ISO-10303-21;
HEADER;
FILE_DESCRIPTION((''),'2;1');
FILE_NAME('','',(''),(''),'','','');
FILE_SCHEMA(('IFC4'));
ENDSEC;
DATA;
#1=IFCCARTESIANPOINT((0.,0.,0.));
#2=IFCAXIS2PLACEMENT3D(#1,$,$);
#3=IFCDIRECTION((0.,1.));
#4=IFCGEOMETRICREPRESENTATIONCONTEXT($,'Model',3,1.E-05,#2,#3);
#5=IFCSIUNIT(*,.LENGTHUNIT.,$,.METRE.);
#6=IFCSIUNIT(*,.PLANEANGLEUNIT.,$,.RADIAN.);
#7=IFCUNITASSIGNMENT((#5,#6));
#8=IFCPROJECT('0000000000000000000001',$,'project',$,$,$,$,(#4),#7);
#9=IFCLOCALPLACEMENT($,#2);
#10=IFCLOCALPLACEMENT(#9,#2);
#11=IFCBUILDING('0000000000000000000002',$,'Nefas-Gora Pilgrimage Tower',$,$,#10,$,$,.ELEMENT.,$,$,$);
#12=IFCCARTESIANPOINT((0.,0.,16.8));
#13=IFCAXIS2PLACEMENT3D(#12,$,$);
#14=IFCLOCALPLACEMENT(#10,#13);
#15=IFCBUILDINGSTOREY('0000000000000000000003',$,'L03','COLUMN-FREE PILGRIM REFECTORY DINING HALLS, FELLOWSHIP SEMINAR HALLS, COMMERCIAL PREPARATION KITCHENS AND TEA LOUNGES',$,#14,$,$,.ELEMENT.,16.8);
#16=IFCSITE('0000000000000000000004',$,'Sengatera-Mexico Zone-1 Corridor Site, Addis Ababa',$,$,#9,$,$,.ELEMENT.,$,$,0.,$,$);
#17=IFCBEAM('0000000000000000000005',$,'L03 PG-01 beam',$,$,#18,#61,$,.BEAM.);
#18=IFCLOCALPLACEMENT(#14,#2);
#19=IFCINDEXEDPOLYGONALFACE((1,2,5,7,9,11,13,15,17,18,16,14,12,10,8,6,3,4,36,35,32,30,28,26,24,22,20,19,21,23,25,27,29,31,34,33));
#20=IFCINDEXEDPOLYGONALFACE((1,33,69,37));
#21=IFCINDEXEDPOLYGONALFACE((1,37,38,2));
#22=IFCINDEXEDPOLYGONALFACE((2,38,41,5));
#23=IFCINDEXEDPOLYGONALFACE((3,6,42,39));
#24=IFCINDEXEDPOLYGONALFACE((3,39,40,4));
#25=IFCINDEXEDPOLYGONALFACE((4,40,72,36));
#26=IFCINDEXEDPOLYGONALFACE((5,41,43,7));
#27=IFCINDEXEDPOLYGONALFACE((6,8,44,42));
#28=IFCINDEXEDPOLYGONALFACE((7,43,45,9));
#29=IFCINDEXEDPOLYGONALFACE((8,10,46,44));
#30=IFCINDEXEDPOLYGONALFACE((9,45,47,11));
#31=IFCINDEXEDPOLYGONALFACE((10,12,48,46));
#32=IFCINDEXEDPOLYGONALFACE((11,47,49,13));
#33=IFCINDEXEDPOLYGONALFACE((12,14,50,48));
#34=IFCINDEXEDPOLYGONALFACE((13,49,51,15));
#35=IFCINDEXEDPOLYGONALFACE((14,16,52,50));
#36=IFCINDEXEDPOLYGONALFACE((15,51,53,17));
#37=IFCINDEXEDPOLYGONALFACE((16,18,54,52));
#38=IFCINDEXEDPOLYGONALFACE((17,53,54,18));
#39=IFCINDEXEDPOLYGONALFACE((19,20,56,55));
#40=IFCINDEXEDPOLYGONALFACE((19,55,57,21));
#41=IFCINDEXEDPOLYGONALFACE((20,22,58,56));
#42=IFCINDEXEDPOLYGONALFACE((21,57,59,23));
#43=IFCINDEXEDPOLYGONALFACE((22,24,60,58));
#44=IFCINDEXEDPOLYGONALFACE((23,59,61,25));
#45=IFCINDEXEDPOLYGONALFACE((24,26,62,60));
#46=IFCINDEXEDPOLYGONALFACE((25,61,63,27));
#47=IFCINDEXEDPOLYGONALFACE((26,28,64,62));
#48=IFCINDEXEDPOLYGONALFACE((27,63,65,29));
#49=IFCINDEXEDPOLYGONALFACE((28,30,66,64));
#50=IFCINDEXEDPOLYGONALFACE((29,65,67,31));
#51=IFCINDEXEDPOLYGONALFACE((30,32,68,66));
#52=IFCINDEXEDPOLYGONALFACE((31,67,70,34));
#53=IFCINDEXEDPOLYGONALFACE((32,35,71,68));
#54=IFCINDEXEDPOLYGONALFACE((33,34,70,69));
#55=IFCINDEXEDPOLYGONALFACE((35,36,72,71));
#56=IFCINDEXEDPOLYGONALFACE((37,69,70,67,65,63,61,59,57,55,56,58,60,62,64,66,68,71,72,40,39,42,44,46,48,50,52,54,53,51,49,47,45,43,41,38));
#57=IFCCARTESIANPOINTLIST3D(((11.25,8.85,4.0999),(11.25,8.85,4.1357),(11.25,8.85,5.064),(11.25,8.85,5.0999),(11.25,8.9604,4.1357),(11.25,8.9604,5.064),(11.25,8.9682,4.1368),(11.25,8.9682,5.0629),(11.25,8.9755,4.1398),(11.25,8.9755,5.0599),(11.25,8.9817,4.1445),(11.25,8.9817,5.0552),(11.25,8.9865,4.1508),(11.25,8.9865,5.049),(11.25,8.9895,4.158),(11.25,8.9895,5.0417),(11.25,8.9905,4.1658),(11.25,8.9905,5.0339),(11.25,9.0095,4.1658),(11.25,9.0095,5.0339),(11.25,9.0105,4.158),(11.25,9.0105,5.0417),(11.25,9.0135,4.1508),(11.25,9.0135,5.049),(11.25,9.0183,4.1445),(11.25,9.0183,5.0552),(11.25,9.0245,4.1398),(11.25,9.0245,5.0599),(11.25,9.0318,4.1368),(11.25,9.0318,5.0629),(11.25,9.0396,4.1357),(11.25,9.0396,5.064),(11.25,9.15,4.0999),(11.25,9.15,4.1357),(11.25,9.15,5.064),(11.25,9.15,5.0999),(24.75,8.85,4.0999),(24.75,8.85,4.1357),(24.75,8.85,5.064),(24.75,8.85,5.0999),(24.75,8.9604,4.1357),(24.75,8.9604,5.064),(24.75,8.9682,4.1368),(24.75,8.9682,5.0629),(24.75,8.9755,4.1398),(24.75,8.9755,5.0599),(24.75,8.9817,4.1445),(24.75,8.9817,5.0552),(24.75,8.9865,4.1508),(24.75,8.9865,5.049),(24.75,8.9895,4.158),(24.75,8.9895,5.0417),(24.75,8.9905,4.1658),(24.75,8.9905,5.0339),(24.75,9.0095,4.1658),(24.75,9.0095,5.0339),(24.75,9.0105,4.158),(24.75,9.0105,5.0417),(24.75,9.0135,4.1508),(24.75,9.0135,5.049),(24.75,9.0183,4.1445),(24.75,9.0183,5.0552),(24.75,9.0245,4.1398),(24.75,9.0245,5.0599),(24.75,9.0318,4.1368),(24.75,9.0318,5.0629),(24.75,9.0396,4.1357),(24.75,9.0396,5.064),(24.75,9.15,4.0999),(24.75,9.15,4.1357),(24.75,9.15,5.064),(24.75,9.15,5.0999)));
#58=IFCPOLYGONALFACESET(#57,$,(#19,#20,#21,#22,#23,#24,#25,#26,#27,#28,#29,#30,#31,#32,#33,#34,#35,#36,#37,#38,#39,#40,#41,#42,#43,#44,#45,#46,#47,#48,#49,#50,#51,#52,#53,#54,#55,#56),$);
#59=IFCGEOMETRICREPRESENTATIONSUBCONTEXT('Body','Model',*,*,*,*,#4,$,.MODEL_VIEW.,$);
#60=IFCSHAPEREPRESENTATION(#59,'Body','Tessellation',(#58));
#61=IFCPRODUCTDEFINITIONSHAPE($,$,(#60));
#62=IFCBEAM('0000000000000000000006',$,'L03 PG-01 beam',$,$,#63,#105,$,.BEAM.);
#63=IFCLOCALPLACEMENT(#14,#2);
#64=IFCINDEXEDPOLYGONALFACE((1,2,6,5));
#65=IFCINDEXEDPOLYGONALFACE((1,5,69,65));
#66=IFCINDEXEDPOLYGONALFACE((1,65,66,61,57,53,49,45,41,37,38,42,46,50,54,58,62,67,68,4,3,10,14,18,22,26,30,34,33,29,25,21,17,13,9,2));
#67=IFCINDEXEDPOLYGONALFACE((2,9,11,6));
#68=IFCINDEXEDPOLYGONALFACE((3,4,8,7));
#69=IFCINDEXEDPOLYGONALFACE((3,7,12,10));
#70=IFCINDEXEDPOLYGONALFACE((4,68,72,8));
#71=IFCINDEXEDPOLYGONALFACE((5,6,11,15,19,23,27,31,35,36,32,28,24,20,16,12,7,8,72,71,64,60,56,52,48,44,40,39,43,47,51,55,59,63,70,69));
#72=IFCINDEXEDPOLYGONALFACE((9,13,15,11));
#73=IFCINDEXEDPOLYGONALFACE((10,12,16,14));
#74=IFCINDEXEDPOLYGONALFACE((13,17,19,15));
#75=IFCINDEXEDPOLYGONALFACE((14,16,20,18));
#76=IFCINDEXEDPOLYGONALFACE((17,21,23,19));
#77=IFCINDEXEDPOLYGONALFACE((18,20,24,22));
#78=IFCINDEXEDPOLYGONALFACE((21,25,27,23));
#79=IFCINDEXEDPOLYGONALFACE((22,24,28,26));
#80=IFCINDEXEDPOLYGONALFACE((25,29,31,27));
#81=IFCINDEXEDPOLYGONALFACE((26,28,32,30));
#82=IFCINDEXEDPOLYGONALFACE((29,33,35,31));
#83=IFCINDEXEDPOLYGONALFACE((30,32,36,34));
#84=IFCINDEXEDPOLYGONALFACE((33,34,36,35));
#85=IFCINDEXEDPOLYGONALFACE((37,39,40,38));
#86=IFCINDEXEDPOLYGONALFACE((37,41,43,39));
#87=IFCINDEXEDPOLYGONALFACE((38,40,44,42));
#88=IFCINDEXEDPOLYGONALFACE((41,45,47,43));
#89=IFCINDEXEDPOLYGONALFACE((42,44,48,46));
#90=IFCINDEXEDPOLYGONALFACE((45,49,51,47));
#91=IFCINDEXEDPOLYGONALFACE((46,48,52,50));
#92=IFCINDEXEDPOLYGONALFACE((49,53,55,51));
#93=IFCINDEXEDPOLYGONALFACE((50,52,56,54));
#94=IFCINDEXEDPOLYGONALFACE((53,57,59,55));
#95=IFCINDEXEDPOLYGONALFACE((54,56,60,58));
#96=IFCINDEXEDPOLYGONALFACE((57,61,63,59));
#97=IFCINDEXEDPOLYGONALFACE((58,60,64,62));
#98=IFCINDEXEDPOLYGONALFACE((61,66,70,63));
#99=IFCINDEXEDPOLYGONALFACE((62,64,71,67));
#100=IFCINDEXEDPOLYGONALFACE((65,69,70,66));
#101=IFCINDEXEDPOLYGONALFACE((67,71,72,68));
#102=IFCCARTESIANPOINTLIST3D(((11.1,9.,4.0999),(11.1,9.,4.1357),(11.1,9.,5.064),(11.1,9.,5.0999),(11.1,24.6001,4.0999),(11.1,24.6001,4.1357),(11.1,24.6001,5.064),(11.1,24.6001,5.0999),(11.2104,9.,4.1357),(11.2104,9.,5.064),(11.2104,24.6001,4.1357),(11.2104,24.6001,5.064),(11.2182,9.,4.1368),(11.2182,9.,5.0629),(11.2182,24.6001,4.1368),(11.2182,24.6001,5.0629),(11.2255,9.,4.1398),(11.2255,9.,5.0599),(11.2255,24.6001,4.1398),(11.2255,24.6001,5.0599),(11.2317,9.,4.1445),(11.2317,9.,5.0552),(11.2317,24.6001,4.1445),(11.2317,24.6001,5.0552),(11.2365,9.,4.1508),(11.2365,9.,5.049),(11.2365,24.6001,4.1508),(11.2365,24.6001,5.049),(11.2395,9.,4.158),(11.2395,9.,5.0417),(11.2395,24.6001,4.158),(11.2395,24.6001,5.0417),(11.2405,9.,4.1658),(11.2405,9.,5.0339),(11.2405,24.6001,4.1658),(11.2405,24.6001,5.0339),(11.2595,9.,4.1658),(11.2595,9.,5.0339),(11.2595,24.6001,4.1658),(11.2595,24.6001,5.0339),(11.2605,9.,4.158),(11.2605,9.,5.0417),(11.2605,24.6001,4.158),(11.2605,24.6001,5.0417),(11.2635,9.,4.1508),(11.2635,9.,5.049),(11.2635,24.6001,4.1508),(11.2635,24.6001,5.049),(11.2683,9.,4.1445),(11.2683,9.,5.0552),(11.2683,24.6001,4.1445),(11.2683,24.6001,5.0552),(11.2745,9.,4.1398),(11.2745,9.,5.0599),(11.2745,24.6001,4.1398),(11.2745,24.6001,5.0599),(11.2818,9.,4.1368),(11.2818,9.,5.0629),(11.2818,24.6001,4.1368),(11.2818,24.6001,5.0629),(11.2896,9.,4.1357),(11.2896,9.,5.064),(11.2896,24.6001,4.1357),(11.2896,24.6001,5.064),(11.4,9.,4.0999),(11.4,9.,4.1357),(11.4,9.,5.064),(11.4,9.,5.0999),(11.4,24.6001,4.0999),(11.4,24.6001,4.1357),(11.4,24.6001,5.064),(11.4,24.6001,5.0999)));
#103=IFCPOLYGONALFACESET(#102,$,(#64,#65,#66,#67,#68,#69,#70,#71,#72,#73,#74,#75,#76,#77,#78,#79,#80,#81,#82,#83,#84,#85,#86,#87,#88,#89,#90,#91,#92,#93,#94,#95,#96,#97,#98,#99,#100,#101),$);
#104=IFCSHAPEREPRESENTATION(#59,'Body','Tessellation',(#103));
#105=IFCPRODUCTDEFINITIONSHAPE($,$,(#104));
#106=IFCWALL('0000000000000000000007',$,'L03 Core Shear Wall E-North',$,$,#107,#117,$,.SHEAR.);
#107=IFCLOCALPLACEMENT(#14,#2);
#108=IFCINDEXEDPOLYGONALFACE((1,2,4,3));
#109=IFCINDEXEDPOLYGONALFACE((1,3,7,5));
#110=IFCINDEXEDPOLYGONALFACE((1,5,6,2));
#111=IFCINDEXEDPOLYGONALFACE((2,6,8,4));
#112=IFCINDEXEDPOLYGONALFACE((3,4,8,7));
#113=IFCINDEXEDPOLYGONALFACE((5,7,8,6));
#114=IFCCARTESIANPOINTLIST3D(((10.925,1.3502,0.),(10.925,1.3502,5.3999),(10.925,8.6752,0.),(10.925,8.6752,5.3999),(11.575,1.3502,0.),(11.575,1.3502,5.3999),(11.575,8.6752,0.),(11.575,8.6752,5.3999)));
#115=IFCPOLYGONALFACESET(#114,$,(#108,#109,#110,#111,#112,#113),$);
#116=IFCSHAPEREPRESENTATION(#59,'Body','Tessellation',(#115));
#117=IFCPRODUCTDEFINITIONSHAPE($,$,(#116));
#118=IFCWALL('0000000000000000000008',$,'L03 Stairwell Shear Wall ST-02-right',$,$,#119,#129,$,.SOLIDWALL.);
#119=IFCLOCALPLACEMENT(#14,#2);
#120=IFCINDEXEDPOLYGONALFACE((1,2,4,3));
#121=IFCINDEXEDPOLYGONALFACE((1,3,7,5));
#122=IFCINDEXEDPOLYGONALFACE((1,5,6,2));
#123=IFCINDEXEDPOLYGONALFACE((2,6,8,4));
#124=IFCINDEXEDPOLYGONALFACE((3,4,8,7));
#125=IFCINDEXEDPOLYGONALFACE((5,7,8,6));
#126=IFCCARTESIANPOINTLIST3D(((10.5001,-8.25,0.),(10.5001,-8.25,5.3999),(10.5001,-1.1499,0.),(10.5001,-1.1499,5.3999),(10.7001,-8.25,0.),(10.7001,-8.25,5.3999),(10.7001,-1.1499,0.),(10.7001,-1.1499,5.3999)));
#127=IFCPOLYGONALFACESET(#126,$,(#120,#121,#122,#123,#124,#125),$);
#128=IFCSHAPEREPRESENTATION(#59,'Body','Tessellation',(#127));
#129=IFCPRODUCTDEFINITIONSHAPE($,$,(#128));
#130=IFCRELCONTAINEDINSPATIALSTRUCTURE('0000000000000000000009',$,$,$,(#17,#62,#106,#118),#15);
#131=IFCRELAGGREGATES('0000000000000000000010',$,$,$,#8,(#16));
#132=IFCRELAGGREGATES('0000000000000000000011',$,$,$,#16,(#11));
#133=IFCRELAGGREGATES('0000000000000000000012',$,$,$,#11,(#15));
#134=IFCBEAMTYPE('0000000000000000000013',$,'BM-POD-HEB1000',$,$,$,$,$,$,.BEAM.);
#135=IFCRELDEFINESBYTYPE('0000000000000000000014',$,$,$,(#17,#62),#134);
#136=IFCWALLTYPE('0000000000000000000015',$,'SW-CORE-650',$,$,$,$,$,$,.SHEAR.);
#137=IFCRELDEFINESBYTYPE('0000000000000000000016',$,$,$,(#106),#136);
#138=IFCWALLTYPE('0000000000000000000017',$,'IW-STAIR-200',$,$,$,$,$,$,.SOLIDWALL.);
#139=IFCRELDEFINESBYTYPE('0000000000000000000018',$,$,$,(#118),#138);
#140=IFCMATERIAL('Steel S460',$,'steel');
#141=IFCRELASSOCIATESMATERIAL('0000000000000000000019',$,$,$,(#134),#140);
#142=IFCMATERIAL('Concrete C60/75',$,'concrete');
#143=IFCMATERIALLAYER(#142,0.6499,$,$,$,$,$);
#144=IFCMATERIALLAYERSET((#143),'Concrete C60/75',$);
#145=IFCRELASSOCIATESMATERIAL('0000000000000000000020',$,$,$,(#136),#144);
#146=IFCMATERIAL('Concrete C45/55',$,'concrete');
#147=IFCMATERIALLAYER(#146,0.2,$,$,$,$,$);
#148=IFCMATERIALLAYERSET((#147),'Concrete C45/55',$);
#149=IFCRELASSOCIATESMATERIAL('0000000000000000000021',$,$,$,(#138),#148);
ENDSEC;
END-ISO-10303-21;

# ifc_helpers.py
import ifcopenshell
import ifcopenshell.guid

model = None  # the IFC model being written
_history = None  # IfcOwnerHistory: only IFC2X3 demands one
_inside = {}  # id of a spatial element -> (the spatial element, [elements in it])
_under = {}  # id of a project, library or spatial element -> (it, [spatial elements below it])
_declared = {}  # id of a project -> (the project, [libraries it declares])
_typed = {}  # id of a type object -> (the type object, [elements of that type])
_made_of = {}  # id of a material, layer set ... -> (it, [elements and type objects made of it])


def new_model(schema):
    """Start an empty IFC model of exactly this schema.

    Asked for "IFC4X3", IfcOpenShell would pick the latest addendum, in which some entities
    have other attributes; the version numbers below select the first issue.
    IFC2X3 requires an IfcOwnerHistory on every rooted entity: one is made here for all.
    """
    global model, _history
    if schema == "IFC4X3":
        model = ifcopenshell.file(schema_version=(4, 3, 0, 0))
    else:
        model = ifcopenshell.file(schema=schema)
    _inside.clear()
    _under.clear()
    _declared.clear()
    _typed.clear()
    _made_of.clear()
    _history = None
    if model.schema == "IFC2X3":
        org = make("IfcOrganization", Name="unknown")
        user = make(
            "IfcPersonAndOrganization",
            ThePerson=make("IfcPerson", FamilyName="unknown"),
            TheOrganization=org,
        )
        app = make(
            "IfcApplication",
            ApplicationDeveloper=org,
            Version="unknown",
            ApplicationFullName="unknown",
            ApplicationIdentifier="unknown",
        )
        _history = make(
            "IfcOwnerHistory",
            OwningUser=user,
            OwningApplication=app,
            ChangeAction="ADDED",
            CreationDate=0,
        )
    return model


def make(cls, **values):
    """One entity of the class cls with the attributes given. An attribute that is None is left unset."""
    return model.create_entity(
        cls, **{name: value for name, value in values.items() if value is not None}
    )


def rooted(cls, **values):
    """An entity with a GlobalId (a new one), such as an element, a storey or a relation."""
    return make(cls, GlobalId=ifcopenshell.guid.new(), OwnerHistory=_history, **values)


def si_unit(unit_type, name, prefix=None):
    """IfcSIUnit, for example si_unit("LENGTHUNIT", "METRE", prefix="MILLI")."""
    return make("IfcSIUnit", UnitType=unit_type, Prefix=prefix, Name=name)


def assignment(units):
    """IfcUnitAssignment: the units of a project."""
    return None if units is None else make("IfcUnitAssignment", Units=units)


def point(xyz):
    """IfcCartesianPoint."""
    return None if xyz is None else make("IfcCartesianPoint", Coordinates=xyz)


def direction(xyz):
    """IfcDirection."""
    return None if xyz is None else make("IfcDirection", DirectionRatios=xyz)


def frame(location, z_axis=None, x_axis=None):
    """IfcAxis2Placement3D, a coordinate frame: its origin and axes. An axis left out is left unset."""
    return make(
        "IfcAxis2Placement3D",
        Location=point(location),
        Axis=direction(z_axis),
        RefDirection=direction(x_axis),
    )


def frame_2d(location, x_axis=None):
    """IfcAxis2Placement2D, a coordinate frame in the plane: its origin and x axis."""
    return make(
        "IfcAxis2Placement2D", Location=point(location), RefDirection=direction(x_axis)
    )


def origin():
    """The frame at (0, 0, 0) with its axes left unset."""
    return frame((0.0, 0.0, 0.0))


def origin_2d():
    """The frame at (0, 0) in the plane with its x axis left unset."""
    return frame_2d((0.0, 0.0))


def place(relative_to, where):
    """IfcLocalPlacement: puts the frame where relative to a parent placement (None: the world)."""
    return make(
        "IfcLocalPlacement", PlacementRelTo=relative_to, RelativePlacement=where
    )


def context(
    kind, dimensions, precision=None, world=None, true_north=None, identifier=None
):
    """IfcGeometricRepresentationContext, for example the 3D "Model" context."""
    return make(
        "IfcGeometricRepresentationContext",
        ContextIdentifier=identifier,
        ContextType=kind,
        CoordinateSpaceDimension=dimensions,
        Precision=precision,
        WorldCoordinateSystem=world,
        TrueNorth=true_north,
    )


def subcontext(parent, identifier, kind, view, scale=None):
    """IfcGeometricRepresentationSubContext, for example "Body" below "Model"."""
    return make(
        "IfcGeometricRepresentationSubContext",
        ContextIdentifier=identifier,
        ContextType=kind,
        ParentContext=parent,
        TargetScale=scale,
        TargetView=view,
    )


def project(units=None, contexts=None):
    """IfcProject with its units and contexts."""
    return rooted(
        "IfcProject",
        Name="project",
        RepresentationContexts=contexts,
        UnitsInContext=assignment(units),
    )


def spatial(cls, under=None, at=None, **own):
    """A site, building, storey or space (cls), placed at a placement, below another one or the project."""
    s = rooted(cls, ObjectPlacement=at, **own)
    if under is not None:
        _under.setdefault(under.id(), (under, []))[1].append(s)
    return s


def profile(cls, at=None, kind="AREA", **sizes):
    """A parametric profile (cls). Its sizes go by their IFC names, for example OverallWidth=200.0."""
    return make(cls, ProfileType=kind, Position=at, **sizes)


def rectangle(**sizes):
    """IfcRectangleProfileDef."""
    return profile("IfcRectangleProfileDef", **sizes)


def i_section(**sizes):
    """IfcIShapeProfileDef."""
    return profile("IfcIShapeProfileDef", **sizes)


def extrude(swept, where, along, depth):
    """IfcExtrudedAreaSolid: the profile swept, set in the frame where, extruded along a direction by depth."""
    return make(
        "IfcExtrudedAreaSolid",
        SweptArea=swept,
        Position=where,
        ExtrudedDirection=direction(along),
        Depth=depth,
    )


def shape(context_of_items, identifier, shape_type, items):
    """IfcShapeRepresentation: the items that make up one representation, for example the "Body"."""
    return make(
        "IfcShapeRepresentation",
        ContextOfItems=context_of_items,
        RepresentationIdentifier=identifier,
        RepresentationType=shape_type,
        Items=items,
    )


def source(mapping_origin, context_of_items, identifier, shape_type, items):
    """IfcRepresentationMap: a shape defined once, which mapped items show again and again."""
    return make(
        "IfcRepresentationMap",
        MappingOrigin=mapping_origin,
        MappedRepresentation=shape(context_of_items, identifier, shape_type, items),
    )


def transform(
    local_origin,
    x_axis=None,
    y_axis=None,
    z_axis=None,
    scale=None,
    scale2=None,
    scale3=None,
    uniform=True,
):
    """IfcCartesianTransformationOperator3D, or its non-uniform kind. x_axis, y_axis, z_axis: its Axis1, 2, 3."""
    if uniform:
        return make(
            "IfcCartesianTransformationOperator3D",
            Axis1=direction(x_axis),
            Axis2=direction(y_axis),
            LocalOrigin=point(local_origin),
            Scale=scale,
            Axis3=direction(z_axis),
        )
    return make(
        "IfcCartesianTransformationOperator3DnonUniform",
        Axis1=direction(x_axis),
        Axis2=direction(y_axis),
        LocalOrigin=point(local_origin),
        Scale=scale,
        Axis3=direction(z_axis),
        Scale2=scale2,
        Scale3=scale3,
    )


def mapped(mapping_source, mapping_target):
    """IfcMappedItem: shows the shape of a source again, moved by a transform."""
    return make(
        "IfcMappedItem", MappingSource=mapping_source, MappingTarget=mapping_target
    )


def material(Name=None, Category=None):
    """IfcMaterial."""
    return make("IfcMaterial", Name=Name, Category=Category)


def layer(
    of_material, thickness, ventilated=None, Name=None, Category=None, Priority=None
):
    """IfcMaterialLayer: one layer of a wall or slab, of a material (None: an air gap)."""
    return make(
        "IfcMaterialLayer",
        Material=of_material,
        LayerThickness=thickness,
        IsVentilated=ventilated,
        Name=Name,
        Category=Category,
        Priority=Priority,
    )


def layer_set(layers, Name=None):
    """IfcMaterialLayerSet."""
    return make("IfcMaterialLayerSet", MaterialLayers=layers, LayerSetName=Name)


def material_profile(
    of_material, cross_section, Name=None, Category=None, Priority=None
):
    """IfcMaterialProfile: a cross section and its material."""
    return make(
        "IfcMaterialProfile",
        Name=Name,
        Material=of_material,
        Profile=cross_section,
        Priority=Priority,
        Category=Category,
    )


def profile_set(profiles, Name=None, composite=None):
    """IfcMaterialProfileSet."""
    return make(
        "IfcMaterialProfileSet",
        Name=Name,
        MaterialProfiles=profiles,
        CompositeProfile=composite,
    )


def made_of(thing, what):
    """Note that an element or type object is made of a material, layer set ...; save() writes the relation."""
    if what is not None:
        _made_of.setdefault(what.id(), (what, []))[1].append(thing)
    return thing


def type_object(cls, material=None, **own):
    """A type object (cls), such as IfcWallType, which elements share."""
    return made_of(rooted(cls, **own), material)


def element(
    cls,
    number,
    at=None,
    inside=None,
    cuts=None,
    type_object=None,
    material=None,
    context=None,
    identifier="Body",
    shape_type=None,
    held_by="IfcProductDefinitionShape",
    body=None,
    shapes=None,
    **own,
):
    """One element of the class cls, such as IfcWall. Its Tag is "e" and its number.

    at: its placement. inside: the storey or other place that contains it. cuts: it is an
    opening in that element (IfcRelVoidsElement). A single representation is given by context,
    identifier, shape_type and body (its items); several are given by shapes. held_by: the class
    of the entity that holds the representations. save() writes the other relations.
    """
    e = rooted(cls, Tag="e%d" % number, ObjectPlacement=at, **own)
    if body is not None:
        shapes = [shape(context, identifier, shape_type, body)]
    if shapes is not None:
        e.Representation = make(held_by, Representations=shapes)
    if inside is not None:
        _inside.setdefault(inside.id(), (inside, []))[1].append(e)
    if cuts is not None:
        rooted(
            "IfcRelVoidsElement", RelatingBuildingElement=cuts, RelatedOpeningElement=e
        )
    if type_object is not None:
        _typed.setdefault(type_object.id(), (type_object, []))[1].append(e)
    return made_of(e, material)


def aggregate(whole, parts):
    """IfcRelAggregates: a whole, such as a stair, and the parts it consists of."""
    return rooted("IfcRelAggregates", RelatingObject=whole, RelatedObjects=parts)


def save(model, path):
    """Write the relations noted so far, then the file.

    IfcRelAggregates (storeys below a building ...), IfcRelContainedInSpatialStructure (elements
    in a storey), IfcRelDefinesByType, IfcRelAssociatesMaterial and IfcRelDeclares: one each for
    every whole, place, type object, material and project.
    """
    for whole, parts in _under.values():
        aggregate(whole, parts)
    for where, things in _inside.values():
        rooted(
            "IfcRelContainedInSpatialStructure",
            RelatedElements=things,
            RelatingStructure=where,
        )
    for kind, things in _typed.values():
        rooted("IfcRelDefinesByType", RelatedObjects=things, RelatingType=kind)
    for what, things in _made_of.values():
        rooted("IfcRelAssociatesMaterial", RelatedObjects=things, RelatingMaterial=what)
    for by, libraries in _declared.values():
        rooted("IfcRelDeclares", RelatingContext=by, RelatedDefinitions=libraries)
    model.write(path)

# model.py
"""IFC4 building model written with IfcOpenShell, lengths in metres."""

from ifc_helpers import new_model, si_unit, direction, frame, frame_2d, origin, origin_2d, place, context, subcontext, project, spatial, rectangle, i_section, extrude, source, transform, mapped, material, layer, layer_set, material_profile, profile_set, type_object, element, save


model = new_model("IFC4")

# Units and contexts
model_context = context("Model", 3, precision=1e-05, world=origin(), true_north=direction((0.0, 1.0)))
body_context = subcontext(model_context, "Body", "Model", "MODEL_VIEW")
ifc_project = project(units=[si_unit("LENGTHUNIT", "METRE"), si_unit("PLANEANGLEUNIT", "RADIAN")], contexts=[model_context])

# Site, building, storey
site_placement = place(None, origin())
site = spatial("IfcSite", under=ifc_project, at=site_placement, Name="Sengatera-Mexico Zone-1 Corridor Site, Addis Ababa", CompositionType="ELEMENT", RefElevation=0.0)
building_placement = place(site_placement, origin())
building = spatial("IfcBuilding", under=site, at=building_placement, Name="Nefas-Gora Pilgrimage Tower", CompositionType="ELEMENT")
storey_placement = place(building_placement, frame((0.0, 0.0, 16.8)))
storey = spatial("IfcBuildingStorey", under=building, at=storey_placement, Name="L03", Description="COLUMN-FREE PILGRIM REFECTORY DINING HALLS, FELLOWSHIP SEMINAR HALLS, COMMERCIAL PREPARATION KITCHENS AND TEA LOUNGES", CompositionType="ELEMENT", Elevation=16.8)

# Shared definitions
ifc_material_1 = material(Name="Steel S460", Category="steel")

# Beams
ifc_material_profile_1 = material_profile(ifc_material_1, i_section(OverallWidth=0.3, OverallDepth=1.0, WebThickness=0.019, FlangeThickness=0.0359, FilletRadius=0.03, at=origin_2d()), Name="HEB 1000")
ifc_profile_set_1 = profile_set([ifc_material_profile_1], Name="Steel S460")
beam_type_1 = type_object("IfcBeamType", Name="BM-POD-HEB1000", PredefinedType="BEAM", material=ifc_profile_set_1)
shared_shape_1 = source(origin(), body_context, "Body", "SweptSolid", [
    extrude(i_section(OverallWidth=0.3, OverallDepth=1.0, WebThickness=0.019, FlangeThickness=0.0359, FilletRadius=0.03, at=origin_2d()), origin(), (0.0, 0.0, 1.0), 13.5),
])
beam_1_placement = place(storey_placement, frame((11.25, 9.0, 4.5999), z_axis=(1.0, 0.0, 0.0), x_axis=(0.0, 1.0, 0.0)))
element("IfcBeam", 1, at=beam_1_placement, inside=storey, type_object=beam_type_1, Name="L03 PG-01 beam", PredefinedType="BEAM", context=body_context, shape_type="MappedRepresentation", body=[
    mapped(shared_shape_1, transform((0.0, 0.0, 0.0), x_axis=(1.0, 0.0, 0.0), y_axis=(0.0, 1.0, 0.0), z_axis=(0.0, 0.0, 1.0), scale=1.0)),
])
shared_shape_2 = source(origin(), body_context, "Body", "SweptSolid", [
    extrude(i_section(OverallWidth=0.3, OverallDepth=1.0, WebThickness=0.019, FlangeThickness=0.0359, FilletRadius=0.03, at=origin_2d()), origin(), (0.0, 0.0, 1.0), 15.6001),
])
beam_2_placement = place(storey_placement, frame((11.25, 9.0, 4.5999), z_axis=(0.0, 1.0, 0.0), x_axis=(-1.0, 0.0, 0.0)))
element("IfcBeam", 2, at=beam_2_placement, inside=storey, type_object=beam_type_1, Name="L03 PG-01 beam", PredefinedType="BEAM", context=body_context, shape_type="MappedRepresentation", body=[
    mapped(shared_shape_2, transform((0.0, 0.0, 0.0), x_axis=(1.0, 0.0, 0.0), y_axis=(0.0, 1.0, 0.0), z_axis=(0.0, 0.0, 1.0), scale=1.0)),
])

# Walls
ifc_material_2 = material(Name="Concrete C60/75", Category="concrete")
ifc_layer_1 = layer(ifc_material_2, 0.6499)
ifc_layer_set_1 = layer_set([ifc_layer_1], Name="Concrete C60/75")
wall_type_1 = type_object("IfcWallType", Name="SW-CORE-650", PredefinedType="SHEAR", material=ifc_layer_set_1)
shared_shape_3 = source(origin(), body_context, "Body", "SweptSolid", [
    extrude(rectangle(XDim=7.325, YDim=0.6499, at=frame_2d((3.6626, 0.0))), origin(), (0.0, 0.0, 1.0), 5.3999),
])
wall_1_placement = place(storey_placement, frame((11.25, 1.3501, 0.0), z_axis=(0.0, 0.0, 1.0), x_axis=(0.0, 1.0, 0.0)))
element("IfcWall", 3, at=wall_1_placement, inside=storey, type_object=wall_type_1, Name="L03 Core Shear Wall E-North", PredefinedType="SHEAR", context=body_context, shape_type="MappedRepresentation", body=[
    mapped(shared_shape_3, transform((0.0, 0.0, 0.0), x_axis=(1.0, 0.0, 0.0), y_axis=(0.0, 1.0, 0.0), z_axis=(0.0, 0.0, 1.0), scale=1.0)),
])
ifc_material_3 = material(Name="Concrete C45/55", Category="concrete")
ifc_layer_2 = layer(ifc_material_3, 0.2)
ifc_layer_set_2 = layer_set([ifc_layer_2], Name="Concrete C45/55")
wall_type_2 = type_object("IfcWallType", Name="IW-STAIR-200", PredefinedType="SOLIDWALL", material=ifc_layer_set_2)
shared_shape_4 = source(origin(), body_context, "Body", "SweptSolid", [
    extrude(rectangle(XDim=7.1001, YDim=0.2, at=frame_2d((3.55, 0.0))), origin(), (0.0, 0.0, 1.0), 5.3999),
])
wall_2_placement = place(storey_placement, frame((10.6001, -1.1499, 0.0), z_axis=(0.0, 0.0, 1.0), x_axis=(0.0, -1.0, 0.0)))
element("IfcWall", 4, at=wall_2_placement, inside=storey, type_object=wall_type_2, Name="L03 Stairwell Shear Wall ST-02-right", PredefinedType="SOLIDWALL", context=body_context, shape_type="MappedRepresentation", body=[
    mapped(shared_shape_4, transform((0.0, 0.0, 0.0), x_axis=(1.0, 0.0, 0.0), y_axis=(0.0, 1.0, 0.0), z_axis=(0.0, 0.0, 1.0), scale=1.0)),
])

save(model, "model.ifc")
